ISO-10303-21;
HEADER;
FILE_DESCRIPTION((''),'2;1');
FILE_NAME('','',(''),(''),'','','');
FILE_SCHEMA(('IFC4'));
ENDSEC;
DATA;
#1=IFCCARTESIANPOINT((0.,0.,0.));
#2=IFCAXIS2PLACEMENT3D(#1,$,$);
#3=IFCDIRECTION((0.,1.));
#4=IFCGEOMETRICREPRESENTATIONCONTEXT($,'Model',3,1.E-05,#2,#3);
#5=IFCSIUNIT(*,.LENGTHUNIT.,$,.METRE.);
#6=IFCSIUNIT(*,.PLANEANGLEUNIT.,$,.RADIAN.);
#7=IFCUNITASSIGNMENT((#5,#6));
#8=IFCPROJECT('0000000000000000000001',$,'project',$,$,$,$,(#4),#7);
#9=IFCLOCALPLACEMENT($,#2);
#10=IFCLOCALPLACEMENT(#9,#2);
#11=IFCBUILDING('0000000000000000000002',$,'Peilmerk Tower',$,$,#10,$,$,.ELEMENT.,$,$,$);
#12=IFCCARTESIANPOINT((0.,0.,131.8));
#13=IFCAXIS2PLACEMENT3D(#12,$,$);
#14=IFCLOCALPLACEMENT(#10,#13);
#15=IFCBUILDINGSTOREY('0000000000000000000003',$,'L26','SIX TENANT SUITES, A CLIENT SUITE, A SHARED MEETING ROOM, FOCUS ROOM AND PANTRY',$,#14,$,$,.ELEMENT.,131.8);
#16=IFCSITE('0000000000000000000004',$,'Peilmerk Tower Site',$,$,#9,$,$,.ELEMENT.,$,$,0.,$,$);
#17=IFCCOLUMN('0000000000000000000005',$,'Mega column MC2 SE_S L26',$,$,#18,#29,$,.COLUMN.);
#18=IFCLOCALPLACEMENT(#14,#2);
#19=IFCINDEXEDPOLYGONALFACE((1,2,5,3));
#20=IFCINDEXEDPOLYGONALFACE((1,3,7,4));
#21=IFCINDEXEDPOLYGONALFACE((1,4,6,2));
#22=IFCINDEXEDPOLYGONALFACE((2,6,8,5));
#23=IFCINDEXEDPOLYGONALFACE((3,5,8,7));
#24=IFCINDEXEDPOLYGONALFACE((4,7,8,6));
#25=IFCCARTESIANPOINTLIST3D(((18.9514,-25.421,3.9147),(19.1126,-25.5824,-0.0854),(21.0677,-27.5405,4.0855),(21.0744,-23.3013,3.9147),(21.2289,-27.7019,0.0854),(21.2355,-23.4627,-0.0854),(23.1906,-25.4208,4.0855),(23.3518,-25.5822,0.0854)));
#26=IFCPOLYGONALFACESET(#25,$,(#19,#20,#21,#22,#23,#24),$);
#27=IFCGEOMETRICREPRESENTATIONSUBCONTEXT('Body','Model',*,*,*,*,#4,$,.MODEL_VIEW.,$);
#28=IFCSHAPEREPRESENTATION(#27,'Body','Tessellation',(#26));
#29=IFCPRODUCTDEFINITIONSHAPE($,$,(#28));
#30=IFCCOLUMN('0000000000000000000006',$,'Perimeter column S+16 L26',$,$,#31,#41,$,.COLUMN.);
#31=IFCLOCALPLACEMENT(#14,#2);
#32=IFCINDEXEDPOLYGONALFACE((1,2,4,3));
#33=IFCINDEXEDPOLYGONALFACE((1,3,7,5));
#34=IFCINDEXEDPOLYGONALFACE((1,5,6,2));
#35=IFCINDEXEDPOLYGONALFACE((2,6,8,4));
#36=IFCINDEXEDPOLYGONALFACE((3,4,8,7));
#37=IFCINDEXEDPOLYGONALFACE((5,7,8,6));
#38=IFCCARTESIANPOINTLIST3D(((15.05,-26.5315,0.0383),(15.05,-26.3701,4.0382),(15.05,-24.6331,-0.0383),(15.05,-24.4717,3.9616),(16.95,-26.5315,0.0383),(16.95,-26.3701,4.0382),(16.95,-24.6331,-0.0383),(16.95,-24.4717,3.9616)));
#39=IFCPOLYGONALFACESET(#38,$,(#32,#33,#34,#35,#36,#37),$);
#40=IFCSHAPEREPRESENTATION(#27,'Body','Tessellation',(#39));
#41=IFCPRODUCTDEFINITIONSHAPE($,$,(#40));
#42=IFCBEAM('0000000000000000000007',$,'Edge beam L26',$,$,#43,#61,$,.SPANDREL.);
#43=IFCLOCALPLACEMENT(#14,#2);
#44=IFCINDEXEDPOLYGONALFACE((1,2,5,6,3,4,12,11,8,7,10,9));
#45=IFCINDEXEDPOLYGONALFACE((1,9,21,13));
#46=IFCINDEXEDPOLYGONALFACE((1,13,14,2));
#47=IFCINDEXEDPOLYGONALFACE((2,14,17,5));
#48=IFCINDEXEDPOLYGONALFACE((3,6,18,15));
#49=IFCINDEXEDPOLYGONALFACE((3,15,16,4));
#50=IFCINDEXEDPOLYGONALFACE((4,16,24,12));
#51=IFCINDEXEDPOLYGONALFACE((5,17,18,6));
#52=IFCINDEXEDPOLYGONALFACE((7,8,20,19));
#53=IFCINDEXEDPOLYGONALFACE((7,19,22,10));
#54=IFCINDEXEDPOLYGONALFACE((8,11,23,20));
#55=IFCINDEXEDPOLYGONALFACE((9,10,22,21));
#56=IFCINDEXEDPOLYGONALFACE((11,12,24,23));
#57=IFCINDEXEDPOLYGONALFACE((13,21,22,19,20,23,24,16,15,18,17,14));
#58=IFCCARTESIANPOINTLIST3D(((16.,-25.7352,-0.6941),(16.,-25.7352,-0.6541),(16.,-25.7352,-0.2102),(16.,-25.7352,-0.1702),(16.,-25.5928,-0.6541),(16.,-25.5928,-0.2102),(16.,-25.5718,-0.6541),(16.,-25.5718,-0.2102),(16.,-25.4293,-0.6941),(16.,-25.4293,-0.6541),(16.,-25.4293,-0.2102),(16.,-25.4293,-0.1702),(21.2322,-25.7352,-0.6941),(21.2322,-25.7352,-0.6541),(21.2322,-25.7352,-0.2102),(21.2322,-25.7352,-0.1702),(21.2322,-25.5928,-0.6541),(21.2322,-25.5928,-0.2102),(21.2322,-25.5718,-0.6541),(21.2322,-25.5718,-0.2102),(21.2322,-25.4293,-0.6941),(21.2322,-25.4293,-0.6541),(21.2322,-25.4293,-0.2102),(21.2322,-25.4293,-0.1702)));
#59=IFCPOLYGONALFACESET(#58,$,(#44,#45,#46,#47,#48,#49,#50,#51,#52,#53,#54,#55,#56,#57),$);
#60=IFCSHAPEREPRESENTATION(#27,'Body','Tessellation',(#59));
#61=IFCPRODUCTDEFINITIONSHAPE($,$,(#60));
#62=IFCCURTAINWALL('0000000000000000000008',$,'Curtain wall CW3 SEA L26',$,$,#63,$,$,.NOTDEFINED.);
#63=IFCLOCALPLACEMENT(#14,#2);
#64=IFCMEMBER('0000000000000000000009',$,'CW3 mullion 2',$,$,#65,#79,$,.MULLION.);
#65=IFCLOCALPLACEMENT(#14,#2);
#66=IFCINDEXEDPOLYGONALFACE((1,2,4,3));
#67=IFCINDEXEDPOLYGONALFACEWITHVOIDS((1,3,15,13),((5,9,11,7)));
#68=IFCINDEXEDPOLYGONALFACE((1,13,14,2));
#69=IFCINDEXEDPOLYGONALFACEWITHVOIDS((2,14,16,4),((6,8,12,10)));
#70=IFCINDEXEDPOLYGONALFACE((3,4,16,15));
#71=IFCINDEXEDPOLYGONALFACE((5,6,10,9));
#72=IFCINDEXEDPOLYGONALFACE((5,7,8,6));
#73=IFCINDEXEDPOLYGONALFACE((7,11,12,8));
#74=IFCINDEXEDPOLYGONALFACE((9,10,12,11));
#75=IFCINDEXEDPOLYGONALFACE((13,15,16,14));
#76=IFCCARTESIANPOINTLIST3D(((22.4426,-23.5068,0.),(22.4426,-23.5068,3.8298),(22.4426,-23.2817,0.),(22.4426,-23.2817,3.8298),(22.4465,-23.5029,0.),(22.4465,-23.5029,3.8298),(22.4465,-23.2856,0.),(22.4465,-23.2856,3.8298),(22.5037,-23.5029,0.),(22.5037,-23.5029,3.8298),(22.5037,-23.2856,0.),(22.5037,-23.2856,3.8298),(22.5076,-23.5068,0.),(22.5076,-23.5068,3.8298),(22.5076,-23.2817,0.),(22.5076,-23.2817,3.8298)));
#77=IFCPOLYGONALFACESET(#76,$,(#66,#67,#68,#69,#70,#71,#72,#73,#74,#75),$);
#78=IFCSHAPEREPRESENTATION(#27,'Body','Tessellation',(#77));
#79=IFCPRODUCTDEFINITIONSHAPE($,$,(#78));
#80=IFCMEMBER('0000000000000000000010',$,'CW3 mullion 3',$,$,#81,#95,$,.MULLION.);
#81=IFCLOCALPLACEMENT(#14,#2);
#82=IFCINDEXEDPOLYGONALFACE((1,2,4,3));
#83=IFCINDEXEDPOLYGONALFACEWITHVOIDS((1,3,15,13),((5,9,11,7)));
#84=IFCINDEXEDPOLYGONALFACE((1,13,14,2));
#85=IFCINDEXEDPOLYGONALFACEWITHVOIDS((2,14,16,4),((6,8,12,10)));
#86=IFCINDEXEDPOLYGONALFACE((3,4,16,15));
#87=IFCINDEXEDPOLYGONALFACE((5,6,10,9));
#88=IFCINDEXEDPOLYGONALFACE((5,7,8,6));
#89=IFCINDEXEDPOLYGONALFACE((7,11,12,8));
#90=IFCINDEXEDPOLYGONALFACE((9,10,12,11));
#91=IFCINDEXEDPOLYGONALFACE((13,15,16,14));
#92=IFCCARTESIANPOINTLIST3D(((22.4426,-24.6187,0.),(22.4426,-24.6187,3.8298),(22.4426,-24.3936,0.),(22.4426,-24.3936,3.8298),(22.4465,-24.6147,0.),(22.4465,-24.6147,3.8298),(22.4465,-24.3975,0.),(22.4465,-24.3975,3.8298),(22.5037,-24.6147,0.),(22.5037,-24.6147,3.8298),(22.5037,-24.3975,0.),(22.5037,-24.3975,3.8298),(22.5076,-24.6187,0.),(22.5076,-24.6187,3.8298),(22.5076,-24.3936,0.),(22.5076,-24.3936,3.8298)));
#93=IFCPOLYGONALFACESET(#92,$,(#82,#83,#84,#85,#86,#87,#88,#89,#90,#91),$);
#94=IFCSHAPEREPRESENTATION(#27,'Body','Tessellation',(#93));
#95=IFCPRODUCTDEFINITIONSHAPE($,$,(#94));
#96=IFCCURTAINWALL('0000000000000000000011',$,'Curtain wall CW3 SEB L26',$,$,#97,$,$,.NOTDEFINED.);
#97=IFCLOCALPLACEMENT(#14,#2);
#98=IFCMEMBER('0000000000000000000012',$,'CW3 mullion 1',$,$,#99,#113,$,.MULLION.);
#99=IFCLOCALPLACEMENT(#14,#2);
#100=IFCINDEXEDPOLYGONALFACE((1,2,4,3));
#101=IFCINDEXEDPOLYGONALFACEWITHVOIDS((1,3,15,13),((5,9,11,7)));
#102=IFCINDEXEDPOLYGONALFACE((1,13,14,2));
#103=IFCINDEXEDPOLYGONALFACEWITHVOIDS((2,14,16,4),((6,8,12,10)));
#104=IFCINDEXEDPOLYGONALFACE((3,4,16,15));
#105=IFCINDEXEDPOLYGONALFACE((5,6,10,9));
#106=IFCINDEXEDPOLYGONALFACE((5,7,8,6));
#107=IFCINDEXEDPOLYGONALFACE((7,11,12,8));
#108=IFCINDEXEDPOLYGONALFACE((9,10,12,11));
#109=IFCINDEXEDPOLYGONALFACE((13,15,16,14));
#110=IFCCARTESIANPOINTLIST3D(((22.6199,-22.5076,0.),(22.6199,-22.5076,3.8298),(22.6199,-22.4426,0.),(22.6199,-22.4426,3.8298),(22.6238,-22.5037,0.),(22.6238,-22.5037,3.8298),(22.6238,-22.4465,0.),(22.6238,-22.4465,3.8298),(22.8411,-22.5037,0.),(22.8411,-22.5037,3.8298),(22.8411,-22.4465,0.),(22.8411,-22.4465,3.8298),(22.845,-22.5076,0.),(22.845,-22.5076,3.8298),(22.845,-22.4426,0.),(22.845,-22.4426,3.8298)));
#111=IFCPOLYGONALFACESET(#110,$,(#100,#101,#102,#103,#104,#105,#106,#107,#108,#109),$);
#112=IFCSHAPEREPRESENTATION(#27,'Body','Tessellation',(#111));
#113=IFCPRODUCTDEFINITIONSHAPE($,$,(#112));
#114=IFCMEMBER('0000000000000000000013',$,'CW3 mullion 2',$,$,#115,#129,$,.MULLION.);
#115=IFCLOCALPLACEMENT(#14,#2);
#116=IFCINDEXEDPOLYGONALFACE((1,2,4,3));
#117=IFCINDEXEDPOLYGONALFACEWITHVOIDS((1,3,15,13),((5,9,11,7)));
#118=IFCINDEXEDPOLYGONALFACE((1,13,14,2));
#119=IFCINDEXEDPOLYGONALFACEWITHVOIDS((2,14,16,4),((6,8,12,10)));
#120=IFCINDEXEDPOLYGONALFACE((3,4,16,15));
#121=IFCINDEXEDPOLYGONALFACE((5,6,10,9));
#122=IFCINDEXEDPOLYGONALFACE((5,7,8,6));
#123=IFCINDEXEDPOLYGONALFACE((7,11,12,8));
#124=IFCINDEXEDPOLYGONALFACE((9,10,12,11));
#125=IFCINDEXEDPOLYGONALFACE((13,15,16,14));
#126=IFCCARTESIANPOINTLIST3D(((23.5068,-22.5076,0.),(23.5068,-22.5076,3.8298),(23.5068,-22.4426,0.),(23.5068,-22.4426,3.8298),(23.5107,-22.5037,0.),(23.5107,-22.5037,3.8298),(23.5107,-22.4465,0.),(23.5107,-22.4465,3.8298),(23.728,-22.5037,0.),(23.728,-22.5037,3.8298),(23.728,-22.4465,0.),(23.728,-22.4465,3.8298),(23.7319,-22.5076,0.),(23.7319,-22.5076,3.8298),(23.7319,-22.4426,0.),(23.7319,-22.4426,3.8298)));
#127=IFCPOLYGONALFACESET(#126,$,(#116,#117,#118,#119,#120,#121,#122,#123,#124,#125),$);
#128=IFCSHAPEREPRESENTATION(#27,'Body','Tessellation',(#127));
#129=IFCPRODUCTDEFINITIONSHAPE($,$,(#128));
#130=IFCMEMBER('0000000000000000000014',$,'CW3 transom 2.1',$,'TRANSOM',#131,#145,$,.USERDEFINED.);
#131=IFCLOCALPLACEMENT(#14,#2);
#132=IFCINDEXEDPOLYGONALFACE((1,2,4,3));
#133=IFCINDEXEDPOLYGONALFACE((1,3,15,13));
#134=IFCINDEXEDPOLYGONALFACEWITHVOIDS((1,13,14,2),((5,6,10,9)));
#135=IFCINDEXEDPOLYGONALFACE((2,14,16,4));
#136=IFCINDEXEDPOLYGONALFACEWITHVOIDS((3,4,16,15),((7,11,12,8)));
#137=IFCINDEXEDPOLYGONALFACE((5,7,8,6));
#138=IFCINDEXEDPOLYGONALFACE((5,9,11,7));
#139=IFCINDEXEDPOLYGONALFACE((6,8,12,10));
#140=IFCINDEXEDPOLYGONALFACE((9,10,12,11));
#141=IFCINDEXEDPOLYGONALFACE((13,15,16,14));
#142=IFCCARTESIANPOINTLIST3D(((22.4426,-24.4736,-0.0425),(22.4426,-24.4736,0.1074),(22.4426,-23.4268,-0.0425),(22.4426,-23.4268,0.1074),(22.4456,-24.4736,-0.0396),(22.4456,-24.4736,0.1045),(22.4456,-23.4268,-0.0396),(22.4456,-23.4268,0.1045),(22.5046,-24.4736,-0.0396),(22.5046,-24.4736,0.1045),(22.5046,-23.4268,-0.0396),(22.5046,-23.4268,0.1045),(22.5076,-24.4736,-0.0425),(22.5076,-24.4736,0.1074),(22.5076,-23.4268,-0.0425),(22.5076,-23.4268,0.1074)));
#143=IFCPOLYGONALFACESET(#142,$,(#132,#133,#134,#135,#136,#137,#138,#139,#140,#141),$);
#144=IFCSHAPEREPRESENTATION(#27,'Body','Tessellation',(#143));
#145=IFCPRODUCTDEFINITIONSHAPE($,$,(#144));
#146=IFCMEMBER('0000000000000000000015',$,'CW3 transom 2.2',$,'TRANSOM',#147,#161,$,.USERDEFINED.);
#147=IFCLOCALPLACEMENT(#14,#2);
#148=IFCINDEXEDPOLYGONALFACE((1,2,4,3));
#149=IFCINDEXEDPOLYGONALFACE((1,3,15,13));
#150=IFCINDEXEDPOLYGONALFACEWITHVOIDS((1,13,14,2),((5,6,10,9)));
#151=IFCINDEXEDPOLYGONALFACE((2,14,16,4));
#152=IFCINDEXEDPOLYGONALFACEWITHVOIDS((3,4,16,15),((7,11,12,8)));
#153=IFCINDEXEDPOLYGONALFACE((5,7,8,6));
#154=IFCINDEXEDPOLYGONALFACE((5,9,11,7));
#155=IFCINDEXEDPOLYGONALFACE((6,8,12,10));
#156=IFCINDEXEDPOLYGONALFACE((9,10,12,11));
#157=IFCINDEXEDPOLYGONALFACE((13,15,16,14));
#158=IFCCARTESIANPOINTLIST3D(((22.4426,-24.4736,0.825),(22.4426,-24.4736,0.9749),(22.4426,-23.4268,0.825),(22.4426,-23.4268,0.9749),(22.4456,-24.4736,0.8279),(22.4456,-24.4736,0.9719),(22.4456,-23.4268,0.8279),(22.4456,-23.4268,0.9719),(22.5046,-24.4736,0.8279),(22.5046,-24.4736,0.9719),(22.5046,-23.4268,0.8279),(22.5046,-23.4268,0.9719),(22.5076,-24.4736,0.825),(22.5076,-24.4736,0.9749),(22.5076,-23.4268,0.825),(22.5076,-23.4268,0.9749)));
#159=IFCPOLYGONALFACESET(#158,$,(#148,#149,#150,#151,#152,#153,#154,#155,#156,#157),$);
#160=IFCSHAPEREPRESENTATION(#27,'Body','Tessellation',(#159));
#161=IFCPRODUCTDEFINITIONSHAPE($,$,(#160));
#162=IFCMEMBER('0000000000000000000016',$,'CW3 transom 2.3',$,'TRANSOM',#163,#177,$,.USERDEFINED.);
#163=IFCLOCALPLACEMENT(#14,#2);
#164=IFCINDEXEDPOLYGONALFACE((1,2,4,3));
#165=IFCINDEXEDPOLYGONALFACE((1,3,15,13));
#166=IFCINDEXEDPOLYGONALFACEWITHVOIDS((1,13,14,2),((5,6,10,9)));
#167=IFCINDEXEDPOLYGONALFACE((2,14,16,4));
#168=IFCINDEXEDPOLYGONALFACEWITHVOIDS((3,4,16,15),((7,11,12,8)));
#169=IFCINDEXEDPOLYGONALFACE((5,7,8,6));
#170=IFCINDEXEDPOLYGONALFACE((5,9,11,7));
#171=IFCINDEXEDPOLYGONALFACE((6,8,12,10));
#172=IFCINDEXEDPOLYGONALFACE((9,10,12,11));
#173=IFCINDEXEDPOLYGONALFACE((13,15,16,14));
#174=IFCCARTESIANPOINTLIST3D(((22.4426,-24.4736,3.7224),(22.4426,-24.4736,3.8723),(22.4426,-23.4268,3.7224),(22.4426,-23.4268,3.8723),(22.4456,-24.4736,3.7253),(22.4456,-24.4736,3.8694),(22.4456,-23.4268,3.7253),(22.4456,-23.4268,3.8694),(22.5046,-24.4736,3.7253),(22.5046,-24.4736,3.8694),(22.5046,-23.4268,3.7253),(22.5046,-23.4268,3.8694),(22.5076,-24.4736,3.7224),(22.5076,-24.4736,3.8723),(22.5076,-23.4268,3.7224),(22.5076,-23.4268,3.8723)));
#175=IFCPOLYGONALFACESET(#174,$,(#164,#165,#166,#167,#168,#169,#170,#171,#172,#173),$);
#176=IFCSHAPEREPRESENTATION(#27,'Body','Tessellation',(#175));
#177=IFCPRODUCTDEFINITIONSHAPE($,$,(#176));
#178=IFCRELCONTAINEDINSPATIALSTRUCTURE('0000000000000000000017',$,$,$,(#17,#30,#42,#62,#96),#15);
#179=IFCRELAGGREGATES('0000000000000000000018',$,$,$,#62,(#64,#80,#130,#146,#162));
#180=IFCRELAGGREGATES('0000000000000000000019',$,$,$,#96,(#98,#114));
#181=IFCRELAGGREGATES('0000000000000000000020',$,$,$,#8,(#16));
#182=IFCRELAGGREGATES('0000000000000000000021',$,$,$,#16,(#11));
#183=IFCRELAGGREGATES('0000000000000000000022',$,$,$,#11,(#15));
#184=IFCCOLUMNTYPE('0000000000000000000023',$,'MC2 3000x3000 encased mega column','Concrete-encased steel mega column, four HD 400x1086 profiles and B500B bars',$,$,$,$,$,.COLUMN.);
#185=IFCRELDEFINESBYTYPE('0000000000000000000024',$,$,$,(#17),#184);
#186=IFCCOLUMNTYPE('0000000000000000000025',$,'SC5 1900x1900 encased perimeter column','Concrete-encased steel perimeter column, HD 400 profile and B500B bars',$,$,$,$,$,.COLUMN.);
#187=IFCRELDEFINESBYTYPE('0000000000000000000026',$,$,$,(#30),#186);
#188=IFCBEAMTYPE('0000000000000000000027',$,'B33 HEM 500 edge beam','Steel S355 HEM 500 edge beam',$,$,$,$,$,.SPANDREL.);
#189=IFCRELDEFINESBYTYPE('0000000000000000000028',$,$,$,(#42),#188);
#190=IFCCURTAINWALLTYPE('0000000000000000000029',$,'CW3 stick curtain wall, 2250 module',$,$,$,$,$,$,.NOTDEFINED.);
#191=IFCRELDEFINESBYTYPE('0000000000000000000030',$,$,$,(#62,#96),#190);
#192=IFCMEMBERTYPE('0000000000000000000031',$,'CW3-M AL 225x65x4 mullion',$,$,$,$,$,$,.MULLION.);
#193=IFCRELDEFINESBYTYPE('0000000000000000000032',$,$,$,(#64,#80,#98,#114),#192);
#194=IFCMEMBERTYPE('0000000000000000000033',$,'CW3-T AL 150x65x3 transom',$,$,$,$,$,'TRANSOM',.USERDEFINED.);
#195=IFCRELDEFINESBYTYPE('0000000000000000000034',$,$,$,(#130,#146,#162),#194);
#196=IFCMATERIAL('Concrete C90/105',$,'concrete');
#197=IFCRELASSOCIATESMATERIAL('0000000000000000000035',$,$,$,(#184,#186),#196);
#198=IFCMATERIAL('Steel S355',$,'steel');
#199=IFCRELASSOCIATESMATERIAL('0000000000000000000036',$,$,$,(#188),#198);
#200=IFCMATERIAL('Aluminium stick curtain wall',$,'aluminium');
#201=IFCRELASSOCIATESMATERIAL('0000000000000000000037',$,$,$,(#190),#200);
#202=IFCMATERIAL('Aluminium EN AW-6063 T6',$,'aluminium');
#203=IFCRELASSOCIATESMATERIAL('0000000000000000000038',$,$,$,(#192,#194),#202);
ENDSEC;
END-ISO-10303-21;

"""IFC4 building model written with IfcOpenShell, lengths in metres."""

from ifc_helpers import new_model, si_unit, direction, frame, origin, origin_2d, place, context, subcontext, project, spatial, rectangle, hollow_rectangle, i_section, extrude, material, material_profile, profile_set, type_object, element, aggregate, save


model = new_model("IFC4")

# Units and contexts
model_context = context("Model", 3, precision=1e-05, world=origin(), true_north=direction((0.0, 1.0)))
body_context = subcontext(model_context, "Body", "Model", "MODEL_VIEW")
ifc_project = project(units=[si_unit("LENGTHUNIT", "METRE"), si_unit("PLANEANGLEUNIT", "RADIAN")], contexts=[model_context])

# Site, building, storey
site_placement = place(None, origin())
site = spatial("IfcSite", under=ifc_project, at=site_placement, Name="Peilmerk Tower Site", CompositionType="ELEMENT", RefElevation=0.0)
building_placement = place(site_placement, origin())
building = spatial("IfcBuilding", under=site, at=building_placement, Name="Peilmerk Tower", CompositionType="ELEMENT")
storey_placement = place(building_placement, frame((0.0, 0.0, 131.8)))
storey = spatial("IfcBuildingStorey", under=building, at=storey_placement, Name="L26", Description="SIX TENANT SUITES, A CLIENT SUITE, A SHARED MEETING ROOM, FOCUS ROOM AND PANTRY", CompositionType="ELEMENT", Elevation=131.8)

# Columns
ifc_material_1 = material(Name="Concrete C90/105", Category="concrete")
ifc_material_profile_1 = material_profile(ifc_material_1, rectangle(XDim=3.0, YDim=3.0, at=origin_2d()), Name="RC 3000x3000")
ifc_profile_set_1 = profile_set([ifc_material_profile_1], Name="Concrete C90/105")
column_type_1 = type_object("IfcColumnType", Name="MC2 3000x3000 encased mega column", Description="Concrete-encased steel mega column, four HD 400x1086 profiles and B500B bars", PredefinedType="COLUMN", material=ifc_profile_set_1)
column_1_placement = place(storey_placement, frame((21.2322, -25.5823, 0.0), z_axis=(-0.040218, 0.040279, 0.998379), x_axis=(-0.707642, -0.706571, 0.0)))
element("IfcColumn", 1, at=column_1_placement, inside=storey, type_object=column_type_1, Name="Mega column MC2 SE_S L26", PredefinedType="COLUMN", context=body_context, shape_type="SweptSolid", body=[
    extrude(rectangle(XDim=3.0, YDim=3.0, at=origin_2d()), origin(), (0.0, 0.0, 1.0), 4.0066),
])
ifc_material_profile_2 = material_profile(ifc_material_1, rectangle(XDim=1.8999, YDim=1.8999, at=origin_2d()), Name="RC 1900x1900")
ifc_profile_set_2 = profile_set([ifc_material_profile_2], Name="Concrete C90/105")
column_type_2 = type_object("IfcColumnType", Name="SC5 1900x1900 encased perimeter column", Description="Concrete-encased steel perimeter column, HD 400 profile and B500B bars", PredefinedType="COLUMN", material=ifc_profile_set_2)
column_2_placement = place(storey_placement, frame((16.0, -25.5823, 0.0), z_axis=(0.0, 0.040311, 0.999187), x_axis=(-1.0, 0.0, 0.0)))
element("IfcColumn", 2, at=column_2_placement, inside=storey, type_object=column_type_2, Name="Perimeter column S+16 L26", PredefinedType="COLUMN", context=body_context, shape_type="SweptSolid", body=[
    extrude(rectangle(XDim=1.8999, YDim=1.8999, at=origin_2d()), origin(), (0.0, 0.0, 1.0), 4.0032),
])

# Beam
ifc_material_2 = material(Name="Steel S355", Category="steel")
ifc_material_profile_3 = material_profile(ifc_material_2, i_section(OverallWidth=0.3059, OverallDepth=0.5239, WebThickness=0.021, FlangeThickness=0.04, at=origin_2d()), Name="HEM 500")
ifc_profile_set_3 = profile_set([ifc_material_profile_3], Name="Steel S355")
beam_type = type_object("IfcBeamType", Name="B33 HEM 500 edge beam", Description="Steel S355 HEM 500 edge beam", PredefinedType="SPANDREL", material=ifc_profile_set_3)
beam_placement = place(storey_placement, frame((16.0, -25.5823, -0.4321), z_axis=(1.0, 0.0, 0.0), x_axis=(0.0, 1.0, 0.0)))
element("IfcBeam", 3, at=beam_placement, inside=storey, type_object=beam_type, Name="Edge beam L26", PredefinedType="SPANDREL", context=body_context, shape_type="SweptSolid", body=[
    extrude(i_section(OverallWidth=0.3059, OverallDepth=0.5239, WebThickness=0.021, FlangeThickness=0.04, at=origin_2d()), origin(), (0.0, 0.0, 1.0), 5.2322),
])

# Curtain walls, members
ifc_material_3 = material(Name="Aluminium stick curtain wall", Category="aluminium")
curtain_wall_type = type_object("IfcCurtainWallType", Name="CW3 stick curtain wall, 2250 module", PredefinedType="NOTDEFINED", material=ifc_material_3)
curtain_wall_1_placement = place(storey_placement, origin())
curtain_wall_1 = element("IfcCurtainWall", 4, at=curtain_wall_1_placement, inside=storey, type_object=curtain_wall_type, Name="Curtain wall CW3 SEA L26", PredefinedType="NOTDEFINED")
ifc_material_4 = material(Name="Aluminium EN AW-6063 T6", Category="aluminium")
ifc_material_profile_4 = material_profile(ifc_material_4, hollow_rectangle(XDim=0.0649, YDim=0.2251, WallThickness=0.0039, at=origin_2d()), Name="AL 225x65x4")
ifc_profile_set_4 = profile_set([ifc_material_profile_4], Name="Aluminium EN AW-6063 T6")
member_type_1 = type_object("IfcMemberType", Name="CW3-M AL 225x65x4 mullion", PredefinedType="MULLION", material=ifc_profile_set_4)
member_1_placement = place(storey_placement, frame((22.4751, -23.3943, 0.0), z_axis=(0.0, 0.0, 1.0), x_axis=(1.0, 0.0, 0.0)))
member_1 = element("IfcMember", 5, at=member_1_placement, type_object=member_type_1, Name="CW3 mullion 2", PredefinedType="MULLION", context=body_context, shape_type="SweptSolid", body=[
    extrude(hollow_rectangle(XDim=0.0649, YDim=0.2251, WallThickness=0.0039, at=origin_2d()), origin(), (0.0, 0.0, 1.0), 3.8298),
])
member_2_placement = place(storey_placement, frame((22.4751, -24.5061, 0.0), z_axis=(0.0, 0.0, 1.0), x_axis=(1.0, 0.0, 0.0)))
member_2 = element("IfcMember", 6, at=member_2_placement, type_object=member_type_1, Name="CW3 mullion 3", PredefinedType="MULLION", context=body_context, shape_type="SweptSolid", body=[
    extrude(hollow_rectangle(XDim=0.0649, YDim=0.2251, WallThickness=0.0039, at=origin_2d()), origin(), (0.0, 0.0, 1.0), 3.8298),
])
curtain_wall_2_placement = place(storey_placement, origin())
curtain_wall_2 = element("IfcCurtainWall", 7, at=curtain_wall_2_placement, inside=storey, type_object=curtain_wall_type, Name="Curtain wall CW3 SEB L26", PredefinedType="NOTDEFINED")
member_3_placement = place(storey_placement, frame((22.7324, -22.4751, 0.0), z_axis=(0.0, 0.0, 1.0), x_axis=(0.0, 1.0, 0.0)))
member_3 = element("IfcMember", 8, at=member_3_placement, type_object=member_type_1, Name="CW3 mullion 1", PredefinedType="MULLION", context=body_context, shape_type="SweptSolid", body=[
    extrude(hollow_rectangle(XDim=0.0649, YDim=0.2251, WallThickness=0.0039, at=origin_2d()), origin(), (0.0, 0.0, 1.0), 3.8298),
])
member_4_placement = place(storey_placement, frame((23.6194, -22.4751, 0.0), z_axis=(0.0, 0.0, 1.0), x_axis=(0.0, 1.0, 0.0)))
member_4 = element("IfcMember", 9, at=member_4_placement, type_object=member_type_1, Name="CW3 mullion 2", PredefinedType="MULLION", context=body_context, shape_type="SweptSolid", body=[
    extrude(hollow_rectangle(XDim=0.0649, YDim=0.2251, WallThickness=0.0039, at=origin_2d()), origin(), (0.0, 0.0, 1.0), 3.8298),
])

# Members
ifc_material_profile_5 = material_profile(ifc_material_4, hollow_rectangle(XDim=0.0649, YDim=0.1499, WallThickness=0.0029, at=origin_2d()), Name="AL 150x65x3")
ifc_profile_set_5 = profile_set([ifc_material_profile_5], Name="Aluminium EN AW-6063 T6")
member_type_2 = type_object("IfcMemberType", Name="CW3-T AL 150x65x3 transom", ElementType="TRANSOM", PredefinedType="USERDEFINED", material=ifc_profile_set_5)
member_5_placement = place(storey_placement, frame((22.4751, -23.4268, 0.0325), z_axis=(0.0, -1.0, 0.0), x_axis=(1.0, 0.0, 0.0)))
member_5 = element("IfcMember", 10, at=member_5_placement, type_object=member_type_2, Name="CW3 transom 2.1", ObjectType="TRANSOM", PredefinedType="USERDEFINED", context=body_context, shape_type="SweptSolid", body=[
    extrude(hollow_rectangle(XDim=0.0649, YDim=0.1499, WallThickness=0.0029, at=origin_2d()), origin(), (0.0, 0.0, 1.0), 1.0469),
])
member_6_placement = place(storey_placement, frame((22.4751, -23.4268, 0.8999), z_axis=(0.0, -1.0, 0.0), x_axis=(1.0, 0.0, 0.0)))
member_6 = element("IfcMember", 11, at=member_6_placement, type_object=member_type_2, Name="CW3 transom 2.2", ObjectType="TRANSOM", PredefinedType="USERDEFINED", context=body_context, shape_type="SweptSolid", body=[
    extrude(hollow_rectangle(XDim=0.0649, YDim=0.1499, WallThickness=0.0029, at=origin_2d()), origin(), (0.0, 0.0, 1.0), 1.0469),
])
member_7_placement = place(storey_placement, frame((22.4751, -23.4268, 3.7974), z_axis=(0.0, -1.0, 0.0), x_axis=(1.0, 0.0, 0.0)))
member_7 = element("IfcMember", 12, at=member_7_placement, type_object=member_type_2, Name="CW3 transom 2.3", ObjectType="TRANSOM", PredefinedType="USERDEFINED", context=body_context, shape_type="SweptSolid", body=[
    extrude(hollow_rectangle(XDim=0.0649, YDim=0.1499, WallThickness=0.0029, at=origin_2d()), origin(), (0.0, 0.0, 1.0), 1.0469),
])

aggregate(curtain_wall_1, [member_1, member_2, member_5, member_6, member_7])
aggregate(curtain_wall_2, [member_3, member_4])

save(model, "model.ifc")
